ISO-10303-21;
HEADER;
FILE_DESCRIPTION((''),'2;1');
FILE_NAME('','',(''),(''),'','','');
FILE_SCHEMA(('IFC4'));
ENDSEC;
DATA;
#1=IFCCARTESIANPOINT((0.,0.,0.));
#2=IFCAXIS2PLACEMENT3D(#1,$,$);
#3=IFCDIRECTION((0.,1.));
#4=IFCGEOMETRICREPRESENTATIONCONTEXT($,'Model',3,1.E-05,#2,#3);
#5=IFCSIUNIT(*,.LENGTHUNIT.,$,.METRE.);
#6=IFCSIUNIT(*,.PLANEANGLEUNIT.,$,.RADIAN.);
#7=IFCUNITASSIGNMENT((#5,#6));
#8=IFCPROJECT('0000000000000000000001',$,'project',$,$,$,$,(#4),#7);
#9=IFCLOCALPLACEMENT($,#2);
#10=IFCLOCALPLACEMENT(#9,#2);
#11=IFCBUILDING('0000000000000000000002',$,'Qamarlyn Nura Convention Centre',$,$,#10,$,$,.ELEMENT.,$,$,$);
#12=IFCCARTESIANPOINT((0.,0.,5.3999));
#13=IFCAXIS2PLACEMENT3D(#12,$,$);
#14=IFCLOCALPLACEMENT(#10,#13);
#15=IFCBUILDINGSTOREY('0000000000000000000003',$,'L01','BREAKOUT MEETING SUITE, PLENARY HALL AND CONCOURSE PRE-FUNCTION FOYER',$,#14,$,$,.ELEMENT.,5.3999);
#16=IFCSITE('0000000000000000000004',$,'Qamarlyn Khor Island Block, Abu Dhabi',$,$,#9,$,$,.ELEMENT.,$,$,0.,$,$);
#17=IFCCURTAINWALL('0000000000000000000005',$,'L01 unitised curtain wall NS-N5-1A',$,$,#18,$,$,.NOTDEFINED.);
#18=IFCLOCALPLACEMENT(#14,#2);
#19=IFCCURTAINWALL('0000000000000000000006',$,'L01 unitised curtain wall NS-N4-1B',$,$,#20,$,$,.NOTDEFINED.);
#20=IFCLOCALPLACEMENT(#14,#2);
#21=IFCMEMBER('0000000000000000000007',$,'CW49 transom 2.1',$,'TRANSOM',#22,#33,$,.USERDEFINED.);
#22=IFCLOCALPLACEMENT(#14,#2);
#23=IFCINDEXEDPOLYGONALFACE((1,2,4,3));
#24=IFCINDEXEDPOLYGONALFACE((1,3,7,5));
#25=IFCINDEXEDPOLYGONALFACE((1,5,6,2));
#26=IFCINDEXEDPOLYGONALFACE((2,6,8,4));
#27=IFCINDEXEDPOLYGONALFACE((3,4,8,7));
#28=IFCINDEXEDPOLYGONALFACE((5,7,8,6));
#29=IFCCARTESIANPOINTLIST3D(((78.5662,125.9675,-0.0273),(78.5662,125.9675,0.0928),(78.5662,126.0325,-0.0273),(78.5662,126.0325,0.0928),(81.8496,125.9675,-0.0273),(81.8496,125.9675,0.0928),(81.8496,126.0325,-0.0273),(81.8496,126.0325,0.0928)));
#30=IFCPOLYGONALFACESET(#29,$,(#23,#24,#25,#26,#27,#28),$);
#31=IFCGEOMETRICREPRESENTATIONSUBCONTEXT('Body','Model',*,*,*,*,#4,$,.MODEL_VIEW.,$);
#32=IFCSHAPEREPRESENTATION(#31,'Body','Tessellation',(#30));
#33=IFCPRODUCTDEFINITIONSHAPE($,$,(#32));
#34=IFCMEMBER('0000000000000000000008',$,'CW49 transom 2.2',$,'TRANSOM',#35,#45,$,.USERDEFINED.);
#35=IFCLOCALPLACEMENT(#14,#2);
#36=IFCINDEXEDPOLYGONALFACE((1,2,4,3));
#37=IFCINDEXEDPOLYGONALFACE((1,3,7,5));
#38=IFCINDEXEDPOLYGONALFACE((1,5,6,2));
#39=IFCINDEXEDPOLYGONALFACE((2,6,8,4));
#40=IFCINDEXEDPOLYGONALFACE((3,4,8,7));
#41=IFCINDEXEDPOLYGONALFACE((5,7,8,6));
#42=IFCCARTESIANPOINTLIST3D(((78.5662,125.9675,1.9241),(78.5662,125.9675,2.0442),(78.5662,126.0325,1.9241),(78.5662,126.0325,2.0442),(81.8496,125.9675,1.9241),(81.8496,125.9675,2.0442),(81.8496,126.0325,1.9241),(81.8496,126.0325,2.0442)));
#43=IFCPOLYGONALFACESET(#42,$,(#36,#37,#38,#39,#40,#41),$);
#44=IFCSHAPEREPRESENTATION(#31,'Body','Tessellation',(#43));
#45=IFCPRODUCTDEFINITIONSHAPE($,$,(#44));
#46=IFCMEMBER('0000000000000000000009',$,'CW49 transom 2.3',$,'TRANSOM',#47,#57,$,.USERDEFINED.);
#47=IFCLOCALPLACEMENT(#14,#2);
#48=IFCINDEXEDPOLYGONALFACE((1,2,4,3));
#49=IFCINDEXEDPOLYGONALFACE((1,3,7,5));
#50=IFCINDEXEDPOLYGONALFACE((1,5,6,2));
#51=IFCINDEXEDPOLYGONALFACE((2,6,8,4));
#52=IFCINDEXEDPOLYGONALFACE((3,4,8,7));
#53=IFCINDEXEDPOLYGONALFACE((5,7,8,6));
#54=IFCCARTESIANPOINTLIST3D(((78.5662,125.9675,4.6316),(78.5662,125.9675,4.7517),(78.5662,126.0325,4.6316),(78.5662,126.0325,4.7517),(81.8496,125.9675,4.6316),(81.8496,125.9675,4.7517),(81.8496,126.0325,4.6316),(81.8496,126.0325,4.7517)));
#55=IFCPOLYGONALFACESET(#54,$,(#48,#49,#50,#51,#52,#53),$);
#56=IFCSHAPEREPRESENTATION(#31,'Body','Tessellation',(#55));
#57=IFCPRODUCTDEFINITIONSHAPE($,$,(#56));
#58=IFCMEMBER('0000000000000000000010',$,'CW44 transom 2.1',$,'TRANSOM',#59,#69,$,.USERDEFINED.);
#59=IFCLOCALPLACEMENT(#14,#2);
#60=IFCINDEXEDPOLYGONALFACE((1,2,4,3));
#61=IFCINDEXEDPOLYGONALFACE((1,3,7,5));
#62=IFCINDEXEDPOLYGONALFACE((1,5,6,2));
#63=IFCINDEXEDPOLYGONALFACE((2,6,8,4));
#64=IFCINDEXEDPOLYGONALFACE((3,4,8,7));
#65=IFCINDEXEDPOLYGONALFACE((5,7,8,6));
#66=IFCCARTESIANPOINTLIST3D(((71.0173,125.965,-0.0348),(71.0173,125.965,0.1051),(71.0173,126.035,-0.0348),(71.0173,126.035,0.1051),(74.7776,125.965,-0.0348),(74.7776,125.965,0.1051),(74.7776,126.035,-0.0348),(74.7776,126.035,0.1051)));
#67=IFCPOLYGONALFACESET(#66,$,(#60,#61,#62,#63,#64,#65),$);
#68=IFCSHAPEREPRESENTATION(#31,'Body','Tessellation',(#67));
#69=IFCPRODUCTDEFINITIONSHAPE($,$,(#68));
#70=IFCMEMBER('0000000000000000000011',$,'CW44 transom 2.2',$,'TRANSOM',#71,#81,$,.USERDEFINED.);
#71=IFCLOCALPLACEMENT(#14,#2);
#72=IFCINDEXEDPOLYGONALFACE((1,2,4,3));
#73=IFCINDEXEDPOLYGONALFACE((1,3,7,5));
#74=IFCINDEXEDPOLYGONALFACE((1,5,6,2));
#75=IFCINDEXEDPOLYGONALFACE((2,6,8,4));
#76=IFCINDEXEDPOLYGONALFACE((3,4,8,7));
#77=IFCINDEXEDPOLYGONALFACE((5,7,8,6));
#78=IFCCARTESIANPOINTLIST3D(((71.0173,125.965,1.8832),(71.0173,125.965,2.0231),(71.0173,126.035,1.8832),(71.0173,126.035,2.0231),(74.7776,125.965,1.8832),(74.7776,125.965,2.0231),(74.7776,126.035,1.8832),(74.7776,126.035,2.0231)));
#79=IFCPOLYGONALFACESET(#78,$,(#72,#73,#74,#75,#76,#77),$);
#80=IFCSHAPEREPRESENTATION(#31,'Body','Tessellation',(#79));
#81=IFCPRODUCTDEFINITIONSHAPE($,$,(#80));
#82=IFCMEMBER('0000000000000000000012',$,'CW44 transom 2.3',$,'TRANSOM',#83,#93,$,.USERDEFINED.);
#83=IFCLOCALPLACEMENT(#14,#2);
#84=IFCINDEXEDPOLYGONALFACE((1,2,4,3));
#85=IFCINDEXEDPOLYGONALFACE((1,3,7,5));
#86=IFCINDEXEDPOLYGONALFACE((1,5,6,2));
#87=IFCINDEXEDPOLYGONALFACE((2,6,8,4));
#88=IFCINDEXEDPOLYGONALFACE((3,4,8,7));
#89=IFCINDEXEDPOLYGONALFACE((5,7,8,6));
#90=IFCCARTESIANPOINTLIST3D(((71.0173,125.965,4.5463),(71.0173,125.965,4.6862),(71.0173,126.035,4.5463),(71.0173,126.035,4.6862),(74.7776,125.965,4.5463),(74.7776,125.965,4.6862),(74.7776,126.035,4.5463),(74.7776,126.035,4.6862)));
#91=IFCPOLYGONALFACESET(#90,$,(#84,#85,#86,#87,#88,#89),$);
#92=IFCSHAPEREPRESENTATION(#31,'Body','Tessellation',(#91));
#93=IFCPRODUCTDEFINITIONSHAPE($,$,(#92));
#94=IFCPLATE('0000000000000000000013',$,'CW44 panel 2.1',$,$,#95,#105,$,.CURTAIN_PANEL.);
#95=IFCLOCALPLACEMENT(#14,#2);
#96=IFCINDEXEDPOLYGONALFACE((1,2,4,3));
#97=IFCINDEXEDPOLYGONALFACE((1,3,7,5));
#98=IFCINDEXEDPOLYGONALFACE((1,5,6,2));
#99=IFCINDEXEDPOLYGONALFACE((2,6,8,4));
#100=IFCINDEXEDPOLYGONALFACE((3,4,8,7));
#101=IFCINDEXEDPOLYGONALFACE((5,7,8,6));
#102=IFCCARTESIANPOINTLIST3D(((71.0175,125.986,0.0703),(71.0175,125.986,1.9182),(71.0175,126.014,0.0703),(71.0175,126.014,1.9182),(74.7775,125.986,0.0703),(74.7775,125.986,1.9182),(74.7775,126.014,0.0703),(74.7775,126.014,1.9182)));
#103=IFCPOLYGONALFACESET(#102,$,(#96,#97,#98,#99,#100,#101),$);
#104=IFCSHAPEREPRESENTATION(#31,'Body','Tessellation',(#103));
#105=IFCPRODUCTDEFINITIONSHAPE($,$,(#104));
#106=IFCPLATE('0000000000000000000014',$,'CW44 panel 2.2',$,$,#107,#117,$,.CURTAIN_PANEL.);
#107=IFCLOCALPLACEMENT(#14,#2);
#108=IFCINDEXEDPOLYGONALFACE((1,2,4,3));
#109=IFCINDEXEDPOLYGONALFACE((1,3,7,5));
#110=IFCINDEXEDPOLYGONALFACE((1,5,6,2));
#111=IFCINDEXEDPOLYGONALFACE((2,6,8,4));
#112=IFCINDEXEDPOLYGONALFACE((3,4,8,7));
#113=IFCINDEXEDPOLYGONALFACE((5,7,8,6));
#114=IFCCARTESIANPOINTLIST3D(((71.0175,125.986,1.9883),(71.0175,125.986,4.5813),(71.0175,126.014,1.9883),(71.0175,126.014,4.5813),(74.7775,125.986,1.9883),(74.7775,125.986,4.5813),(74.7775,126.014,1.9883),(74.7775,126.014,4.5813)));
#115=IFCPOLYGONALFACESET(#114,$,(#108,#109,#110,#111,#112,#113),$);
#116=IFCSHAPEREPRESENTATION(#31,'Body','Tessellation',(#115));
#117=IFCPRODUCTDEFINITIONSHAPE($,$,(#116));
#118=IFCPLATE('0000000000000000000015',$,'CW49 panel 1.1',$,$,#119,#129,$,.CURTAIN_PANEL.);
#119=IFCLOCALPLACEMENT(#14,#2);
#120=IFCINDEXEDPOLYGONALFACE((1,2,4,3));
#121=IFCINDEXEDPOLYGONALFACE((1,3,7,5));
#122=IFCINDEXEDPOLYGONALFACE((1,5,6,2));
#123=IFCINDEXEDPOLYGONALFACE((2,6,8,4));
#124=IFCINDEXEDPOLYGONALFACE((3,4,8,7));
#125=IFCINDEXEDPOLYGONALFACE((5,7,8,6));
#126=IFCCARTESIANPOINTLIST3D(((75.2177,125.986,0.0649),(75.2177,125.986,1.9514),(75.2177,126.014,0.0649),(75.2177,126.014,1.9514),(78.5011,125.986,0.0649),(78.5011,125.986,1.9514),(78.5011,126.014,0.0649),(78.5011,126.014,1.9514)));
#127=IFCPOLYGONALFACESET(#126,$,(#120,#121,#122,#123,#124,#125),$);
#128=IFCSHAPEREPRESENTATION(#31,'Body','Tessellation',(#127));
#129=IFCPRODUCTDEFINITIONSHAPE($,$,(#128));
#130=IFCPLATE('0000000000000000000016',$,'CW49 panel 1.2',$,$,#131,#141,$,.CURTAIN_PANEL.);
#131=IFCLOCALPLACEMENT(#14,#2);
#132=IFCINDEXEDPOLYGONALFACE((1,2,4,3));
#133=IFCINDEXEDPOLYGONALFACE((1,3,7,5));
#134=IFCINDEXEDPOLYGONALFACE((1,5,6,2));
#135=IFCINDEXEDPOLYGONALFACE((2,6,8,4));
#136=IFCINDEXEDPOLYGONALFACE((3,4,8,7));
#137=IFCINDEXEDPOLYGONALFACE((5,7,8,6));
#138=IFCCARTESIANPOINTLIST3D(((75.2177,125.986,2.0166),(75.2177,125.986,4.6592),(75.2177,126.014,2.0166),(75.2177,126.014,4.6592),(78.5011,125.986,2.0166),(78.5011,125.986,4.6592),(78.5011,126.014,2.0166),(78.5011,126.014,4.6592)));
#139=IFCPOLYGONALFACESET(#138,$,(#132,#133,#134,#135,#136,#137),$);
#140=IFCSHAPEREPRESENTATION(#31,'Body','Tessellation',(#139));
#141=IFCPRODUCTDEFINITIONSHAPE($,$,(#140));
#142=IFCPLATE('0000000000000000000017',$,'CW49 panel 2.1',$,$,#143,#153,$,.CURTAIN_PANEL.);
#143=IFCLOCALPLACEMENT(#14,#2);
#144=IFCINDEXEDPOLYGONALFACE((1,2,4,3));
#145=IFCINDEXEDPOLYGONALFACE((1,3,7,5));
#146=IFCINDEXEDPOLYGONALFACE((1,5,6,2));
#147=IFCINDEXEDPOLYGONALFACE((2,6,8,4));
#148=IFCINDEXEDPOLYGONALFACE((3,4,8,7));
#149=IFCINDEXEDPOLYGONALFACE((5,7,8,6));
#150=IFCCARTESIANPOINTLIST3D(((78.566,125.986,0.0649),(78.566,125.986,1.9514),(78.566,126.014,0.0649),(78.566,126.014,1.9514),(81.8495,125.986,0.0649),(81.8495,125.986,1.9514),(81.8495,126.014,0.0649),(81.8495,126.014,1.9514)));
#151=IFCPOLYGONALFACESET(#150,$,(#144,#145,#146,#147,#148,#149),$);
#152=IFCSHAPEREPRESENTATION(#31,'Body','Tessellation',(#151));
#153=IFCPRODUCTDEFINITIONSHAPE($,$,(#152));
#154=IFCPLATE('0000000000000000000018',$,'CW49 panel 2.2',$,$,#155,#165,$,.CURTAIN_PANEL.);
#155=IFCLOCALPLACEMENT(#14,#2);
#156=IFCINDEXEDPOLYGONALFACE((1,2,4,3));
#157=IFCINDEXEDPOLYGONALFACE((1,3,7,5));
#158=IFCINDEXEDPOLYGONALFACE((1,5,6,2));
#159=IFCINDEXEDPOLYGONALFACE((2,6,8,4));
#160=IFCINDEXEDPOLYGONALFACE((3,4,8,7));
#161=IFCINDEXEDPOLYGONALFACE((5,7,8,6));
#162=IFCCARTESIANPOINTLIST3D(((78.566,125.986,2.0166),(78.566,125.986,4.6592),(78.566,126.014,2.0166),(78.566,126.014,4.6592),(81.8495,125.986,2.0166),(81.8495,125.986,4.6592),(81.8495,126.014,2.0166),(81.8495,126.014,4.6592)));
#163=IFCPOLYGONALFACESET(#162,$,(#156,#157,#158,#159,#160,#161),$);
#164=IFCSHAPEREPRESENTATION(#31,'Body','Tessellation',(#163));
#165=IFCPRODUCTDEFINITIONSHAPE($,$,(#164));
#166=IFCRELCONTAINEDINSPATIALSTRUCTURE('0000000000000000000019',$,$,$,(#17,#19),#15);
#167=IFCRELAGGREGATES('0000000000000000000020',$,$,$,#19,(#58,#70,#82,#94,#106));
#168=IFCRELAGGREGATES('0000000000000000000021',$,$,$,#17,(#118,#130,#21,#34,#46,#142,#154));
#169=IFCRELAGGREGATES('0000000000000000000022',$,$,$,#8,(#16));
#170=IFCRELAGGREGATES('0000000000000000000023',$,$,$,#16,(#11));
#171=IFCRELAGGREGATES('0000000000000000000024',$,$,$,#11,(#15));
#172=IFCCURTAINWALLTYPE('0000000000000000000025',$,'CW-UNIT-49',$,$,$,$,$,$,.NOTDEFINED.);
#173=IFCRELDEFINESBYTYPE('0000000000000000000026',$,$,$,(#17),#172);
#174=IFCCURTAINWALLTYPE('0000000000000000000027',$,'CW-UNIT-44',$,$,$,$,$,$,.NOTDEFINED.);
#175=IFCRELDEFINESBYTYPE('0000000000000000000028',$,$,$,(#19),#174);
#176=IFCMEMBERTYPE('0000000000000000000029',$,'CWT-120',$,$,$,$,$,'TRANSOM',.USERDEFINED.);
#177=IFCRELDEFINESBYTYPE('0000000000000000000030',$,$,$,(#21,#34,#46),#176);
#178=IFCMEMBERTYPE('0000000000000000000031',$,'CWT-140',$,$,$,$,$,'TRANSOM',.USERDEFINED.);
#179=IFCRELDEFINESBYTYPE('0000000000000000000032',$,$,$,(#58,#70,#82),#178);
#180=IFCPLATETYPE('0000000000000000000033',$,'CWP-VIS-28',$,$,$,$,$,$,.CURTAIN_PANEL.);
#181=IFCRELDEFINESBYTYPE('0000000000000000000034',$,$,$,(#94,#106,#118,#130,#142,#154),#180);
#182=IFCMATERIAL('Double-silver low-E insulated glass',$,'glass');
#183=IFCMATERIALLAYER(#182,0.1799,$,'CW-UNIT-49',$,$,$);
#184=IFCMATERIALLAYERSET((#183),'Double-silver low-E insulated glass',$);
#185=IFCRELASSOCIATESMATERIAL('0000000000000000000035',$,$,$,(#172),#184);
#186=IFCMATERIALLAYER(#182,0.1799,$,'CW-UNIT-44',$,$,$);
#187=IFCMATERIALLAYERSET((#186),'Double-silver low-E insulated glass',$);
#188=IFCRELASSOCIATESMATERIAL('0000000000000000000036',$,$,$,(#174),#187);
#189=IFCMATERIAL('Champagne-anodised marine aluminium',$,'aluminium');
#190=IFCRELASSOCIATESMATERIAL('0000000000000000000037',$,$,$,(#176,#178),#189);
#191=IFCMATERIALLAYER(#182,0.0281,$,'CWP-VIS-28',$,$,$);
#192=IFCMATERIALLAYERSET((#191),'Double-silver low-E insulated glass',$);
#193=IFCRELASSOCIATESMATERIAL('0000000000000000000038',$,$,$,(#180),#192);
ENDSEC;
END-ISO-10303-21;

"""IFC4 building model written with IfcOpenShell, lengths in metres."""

from ifc_helpers import new_model, si_unit, direction, frame, origin, origin_2d, place, context, subcontext, project, spatial, rectangle, extrude, material, layer, layer_set, material_profile, profile_set, type_object, element, aggregate, save


model = new_model("IFC4")

# Units and contexts
model_context = context("Model", 3, precision=1e-05, world=origin(), true_north=direction((0.0, 1.0)))
body_context = subcontext(model_context, "Body", "Model", "MODEL_VIEW")
ifc_project = project(units=[si_unit("LENGTHUNIT", "METRE"), si_unit("PLANEANGLEUNIT", "RADIAN")], contexts=[model_context])

# Site, building, storey
site_placement = place(None, origin())
site = spatial("IfcSite", under=ifc_project, at=site_placement, Name="Qamarlyn Khor Island Block, Abu Dhabi", CompositionType="ELEMENT", RefElevation=0.0)
building_placement = place(site_placement, origin())
building = spatial("IfcBuilding", under=site, at=building_placement, Name="Qamarlyn Nura Convention Centre", CompositionType="ELEMENT")
storey_placement = place(building_placement, frame((0.0, 0.0, 5.3999)))
storey = spatial("IfcBuildingStorey", under=building, at=storey_placement, Name="L01", Description="BREAKOUT MEETING SUITE, PLENARY HALL AND CONCOURSE PRE-FUNCTION FOYER", CompositionType="ELEMENT", Elevation=5.3999)

# Curtain wall
ifc_material_1 = material(Name="Double-silver low-E insulated glass", Category="glass")
ifc_layer_1 = layer(ifc_material_1, 0.1799, Name="CW-UNIT-49")
ifc_layer_set_1 = layer_set([ifc_layer_1], Name="Double-silver low-E insulated glass")
curtain_wall_type_1 = type_object("IfcCurtainWallType", Name="CW-UNIT-49", PredefinedType="NOTDEFINED", material=ifc_layer_set_1)
curtain_wall_1_placement = place(storey_placement, origin())
curtain_wall_1 = element("IfcCurtainWall", 1, at=curtain_wall_1_placement, inside=storey, type_object=curtain_wall_type_1, Name="L01 unitised curtain wall NS-N5-1A", PredefinedType="NOTDEFINED")
ifc_material_2 = material(Name="Champagne-anodised marine aluminium", Category="aluminium")

# Curtain wall
ifc_layer_2 = layer(ifc_material_1, 0.1799, Name="CW-UNIT-44")
ifc_layer_set_2 = layer_set([ifc_layer_2], Name="Double-silver low-E insulated glass")
curtain_wall_type_2 = type_object("IfcCurtainWallType", Name="CW-UNIT-44", PredefinedType="NOTDEFINED", material=ifc_layer_set_2)
curtain_wall_2_placement = place(storey_placement, origin())
curtain_wall_2 = element("IfcCurtainWall", 2, at=curtain_wall_2_placement, inside=storey, type_object=curtain_wall_type_2, Name="L01 unitised curtain wall NS-N4-1B", PredefinedType="NOTDEFINED")

# Members
ifc_material_profile_1 = material_profile(ifc_material_2, rectangle(XDim=0.0649, YDim=0.1201, at=origin_2d()), Name="ALU TRANSOM 65x120")
ifc_profile_set_1 = profile_set([ifc_material_profile_1], Name="Champagne-anodised marine aluminium")
member_type_1 = type_object("IfcMemberType", Name="CWT-120", ElementType="TRANSOM", PredefinedType="USERDEFINED", material=ifc_profile_set_1)
member_1_placement = place(storey_placement, frame((78.5662, 126.0, 0.0327), z_axis=(1.0, 0.0, 0.0), x_axis=(0.0, 1.0, 0.0)))
member_1 = element("IfcMember", 3, at=member_1_placement, type_object=member_type_1, Name="CW49 transom 2.1", ObjectType="TRANSOM", PredefinedType="USERDEFINED", context=body_context, shape_type="SweptSolid", body=[
    extrude(rectangle(XDim=0.0649, YDim=0.1201, at=origin_2d()), origin(), (0.0, 0.0, 1.0), 3.2834),
])
member_2_placement = place(storey_placement, frame((78.5662, 126.0, 1.9841), z_axis=(1.0, 0.0, 0.0), x_axis=(0.0, 1.0, 0.0)))
member_2 = element("IfcMember", 4, at=member_2_placement, type_object=member_type_1, Name="CW49 transom 2.2", ObjectType="TRANSOM", PredefinedType="USERDEFINED", context=body_context, shape_type="SweptSolid", body=[
    extrude(rectangle(XDim=0.0649, YDim=0.1201, at=origin_2d()), origin(), (0.0, 0.0, 1.0), 3.2834),
])
member_3_placement = place(storey_placement, frame((78.5662, 126.0, 4.6917), z_axis=(1.0, 0.0, 0.0), x_axis=(0.0, 1.0, 0.0)))
member_3 = element("IfcMember", 5, at=member_3_placement, type_object=member_type_1, Name="CW49 transom 2.3", ObjectType="TRANSOM", PredefinedType="USERDEFINED", context=body_context, shape_type="SweptSolid", body=[
    extrude(rectangle(XDim=0.0649, YDim=0.1201, at=origin_2d()), origin(), (0.0, 0.0, 1.0), 3.2834),
])
ifc_material_profile_2 = material_profile(ifc_material_2, rectangle(XDim=0.0701, YDim=0.1399, at=origin_2d()), Name="ALU TRANSOM 70x140")
ifc_profile_set_2 = profile_set([ifc_material_profile_2], Name="Champagne-anodised marine aluminium")
member_type_2 = type_object("IfcMemberType", Name="CWT-140", ElementType="TRANSOM", PredefinedType="USERDEFINED", material=ifc_profile_set_2)
member_4_placement = place(storey_placement, frame((71.0173, 126.0, 0.0352), z_axis=(1.0, 0.0, 0.0), x_axis=(0.0, 1.0, 0.0)))
member_4 = element("IfcMember", 6, at=member_4_placement, type_object=member_type_2, Name="CW44 transom 2.1", ObjectType="TRANSOM", PredefinedType="USERDEFINED", context=body_context, shape_type="SweptSolid", body=[
    extrude(rectangle(XDim=0.0701, YDim=0.1399, at=origin_2d()), origin(), (0.0, 0.0, 1.0), 3.7603),
])
member_5_placement = place(storey_placement, frame((71.0173, 126.0, 1.9531), z_axis=(1.0, 0.0, 0.0), x_axis=(0.0, 1.0, 0.0)))
member_5 = element("IfcMember", 7, at=member_5_placement, type_object=member_type_2, Name="CW44 transom 2.2", ObjectType="TRANSOM", PredefinedType="USERDEFINED", context=body_context, shape_type="SweptSolid", body=[
    extrude(rectangle(XDim=0.0701, YDim=0.1399, at=origin_2d()), origin(), (0.0, 0.0, 1.0), 3.7603),
])
member_6_placement = place(storey_placement, frame((71.0173, 126.0, 4.6162), z_axis=(1.0, 0.0, 0.0), x_axis=(0.0, 1.0, 0.0)))
member_6 = element("IfcMember", 8, at=member_6_placement, type_object=member_type_2, Name="CW44 transom 2.3", ObjectType="TRANSOM", PredefinedType="USERDEFINED", context=body_context, shape_type="SweptSolid", body=[
    extrude(rectangle(XDim=0.0701, YDim=0.1399, at=origin_2d()), origin(), (0.0, 0.0, 1.0), 3.7603),
])

# Plates
ifc_layer_3 = layer(ifc_material_1, 0.0281, Name="CWP-VIS-28")
ifc_layer_set_3 = layer_set([ifc_layer_3], Name="Double-silver low-E insulated glass")
plate_type = type_object("IfcPlateType", Name="CWP-VIS-28", PredefinedType="CURTAIN_PANEL", material=ifc_layer_set_3)
plate_1_placement = place(storey_placement, frame((72.8975, 126.0, 0.0703), z_axis=(0.0, 0.0, 1.0), x_axis=(1.0, 0.0, 0.0)))
plate_1 = element("IfcPlate", 9, at=plate_1_placement, type_object=plate_type, Name="CW44 panel 2.1", PredefinedType="CURTAIN_PANEL", context=body_context, shape_type="SweptSolid", body=[
    extrude(rectangle(XDim=3.76, YDim=0.0281, at=origin_2d()), origin(), (0.0, 0.0, 1.0), 1.8479),
])
plate_2_placement = place(storey_placement, frame((72.8975, 126.0, 1.9883), z_axis=(0.0, 0.0, 1.0), x_axis=(1.0, 0.0, 0.0)))
plate_2 = element("IfcPlate", 10, at=plate_2_placement, type_object=plate_type, Name="CW44 panel 2.2", PredefinedType="CURTAIN_PANEL", context=body_context, shape_type="SweptSolid", body=[
    extrude(rectangle(XDim=3.76, YDim=0.0281, at=origin_2d()), origin(), (0.0, 0.0, 1.0), 2.593),
])
aggregate(curtain_wall_2, [member_4, member_5, member_6, plate_1, plate_2])
plate_3_placement = place(storey_placement, frame((76.8594, 126.0, 0.0649), z_axis=(0.0, 0.0, 1.0), x_axis=(1.0, 0.0, 0.0)))
plate_3 = element("IfcPlate", 11, at=plate_3_placement, type_object=plate_type, Name="CW49 panel 1.1", PredefinedType="CURTAIN_PANEL", context=body_context, shape_type="SweptSolid", body=[
    extrude(rectangle(XDim=3.2834, YDim=0.0281, at=origin_2d()), origin(), (0.0, 0.0, 1.0), 1.8865),
])
plate_4_placement = place(storey_placement, frame((76.8594, 126.0, 2.0166), z_axis=(0.0, 0.0, 1.0), x_axis=(1.0, 0.0, 0.0)))
plate_4 = element("IfcPlate", 12, at=plate_4_placement, type_object=plate_type, Name="CW49 panel 1.2", PredefinedType="CURTAIN_PANEL", context=body_context, shape_type="SweptSolid", body=[
    extrude(rectangle(XDim=3.2834, YDim=0.0281, at=origin_2d()), origin(), (0.0, 0.0, 1.0), 2.6426),
])
plate_5_placement = place(storey_placement, frame((80.2078, 126.0, 0.0649), z_axis=(0.0, 0.0, 1.0), x_axis=(1.0, 0.0, 0.0)))
plate_5 = element("IfcPlate", 13, at=plate_5_placement, type_object=plate_type, Name="CW49 panel 2.1", PredefinedType="CURTAIN_PANEL", context=body_context, shape_type="SweptSolid", body=[
    extrude(rectangle(XDim=3.2834, YDim=0.0281, at=origin_2d()), origin(), (0.0, 0.0, 1.0), 1.8865),
])
plate_6_placement = place(storey_placement, frame((80.2078, 126.0, 2.0166), z_axis=(0.0, 0.0, 1.0), x_axis=(1.0, 0.0, 0.0)))
plate_6 = element("IfcPlate", 14, at=plate_6_placement, type_object=plate_type, Name="CW49 panel 2.2", PredefinedType="CURTAIN_PANEL", context=body_context, shape_type="SweptSolid", body=[
    extrude(rectangle(XDim=3.2834, YDim=0.0281, at=origin_2d()), origin(), (0.0, 0.0, 1.0), 2.6426),
])
aggregate(curtain_wall_1, [plate_3, plate_4, member_1, member_2, member_3, plate_5, plate_6])

save(model, "model.ifc")
